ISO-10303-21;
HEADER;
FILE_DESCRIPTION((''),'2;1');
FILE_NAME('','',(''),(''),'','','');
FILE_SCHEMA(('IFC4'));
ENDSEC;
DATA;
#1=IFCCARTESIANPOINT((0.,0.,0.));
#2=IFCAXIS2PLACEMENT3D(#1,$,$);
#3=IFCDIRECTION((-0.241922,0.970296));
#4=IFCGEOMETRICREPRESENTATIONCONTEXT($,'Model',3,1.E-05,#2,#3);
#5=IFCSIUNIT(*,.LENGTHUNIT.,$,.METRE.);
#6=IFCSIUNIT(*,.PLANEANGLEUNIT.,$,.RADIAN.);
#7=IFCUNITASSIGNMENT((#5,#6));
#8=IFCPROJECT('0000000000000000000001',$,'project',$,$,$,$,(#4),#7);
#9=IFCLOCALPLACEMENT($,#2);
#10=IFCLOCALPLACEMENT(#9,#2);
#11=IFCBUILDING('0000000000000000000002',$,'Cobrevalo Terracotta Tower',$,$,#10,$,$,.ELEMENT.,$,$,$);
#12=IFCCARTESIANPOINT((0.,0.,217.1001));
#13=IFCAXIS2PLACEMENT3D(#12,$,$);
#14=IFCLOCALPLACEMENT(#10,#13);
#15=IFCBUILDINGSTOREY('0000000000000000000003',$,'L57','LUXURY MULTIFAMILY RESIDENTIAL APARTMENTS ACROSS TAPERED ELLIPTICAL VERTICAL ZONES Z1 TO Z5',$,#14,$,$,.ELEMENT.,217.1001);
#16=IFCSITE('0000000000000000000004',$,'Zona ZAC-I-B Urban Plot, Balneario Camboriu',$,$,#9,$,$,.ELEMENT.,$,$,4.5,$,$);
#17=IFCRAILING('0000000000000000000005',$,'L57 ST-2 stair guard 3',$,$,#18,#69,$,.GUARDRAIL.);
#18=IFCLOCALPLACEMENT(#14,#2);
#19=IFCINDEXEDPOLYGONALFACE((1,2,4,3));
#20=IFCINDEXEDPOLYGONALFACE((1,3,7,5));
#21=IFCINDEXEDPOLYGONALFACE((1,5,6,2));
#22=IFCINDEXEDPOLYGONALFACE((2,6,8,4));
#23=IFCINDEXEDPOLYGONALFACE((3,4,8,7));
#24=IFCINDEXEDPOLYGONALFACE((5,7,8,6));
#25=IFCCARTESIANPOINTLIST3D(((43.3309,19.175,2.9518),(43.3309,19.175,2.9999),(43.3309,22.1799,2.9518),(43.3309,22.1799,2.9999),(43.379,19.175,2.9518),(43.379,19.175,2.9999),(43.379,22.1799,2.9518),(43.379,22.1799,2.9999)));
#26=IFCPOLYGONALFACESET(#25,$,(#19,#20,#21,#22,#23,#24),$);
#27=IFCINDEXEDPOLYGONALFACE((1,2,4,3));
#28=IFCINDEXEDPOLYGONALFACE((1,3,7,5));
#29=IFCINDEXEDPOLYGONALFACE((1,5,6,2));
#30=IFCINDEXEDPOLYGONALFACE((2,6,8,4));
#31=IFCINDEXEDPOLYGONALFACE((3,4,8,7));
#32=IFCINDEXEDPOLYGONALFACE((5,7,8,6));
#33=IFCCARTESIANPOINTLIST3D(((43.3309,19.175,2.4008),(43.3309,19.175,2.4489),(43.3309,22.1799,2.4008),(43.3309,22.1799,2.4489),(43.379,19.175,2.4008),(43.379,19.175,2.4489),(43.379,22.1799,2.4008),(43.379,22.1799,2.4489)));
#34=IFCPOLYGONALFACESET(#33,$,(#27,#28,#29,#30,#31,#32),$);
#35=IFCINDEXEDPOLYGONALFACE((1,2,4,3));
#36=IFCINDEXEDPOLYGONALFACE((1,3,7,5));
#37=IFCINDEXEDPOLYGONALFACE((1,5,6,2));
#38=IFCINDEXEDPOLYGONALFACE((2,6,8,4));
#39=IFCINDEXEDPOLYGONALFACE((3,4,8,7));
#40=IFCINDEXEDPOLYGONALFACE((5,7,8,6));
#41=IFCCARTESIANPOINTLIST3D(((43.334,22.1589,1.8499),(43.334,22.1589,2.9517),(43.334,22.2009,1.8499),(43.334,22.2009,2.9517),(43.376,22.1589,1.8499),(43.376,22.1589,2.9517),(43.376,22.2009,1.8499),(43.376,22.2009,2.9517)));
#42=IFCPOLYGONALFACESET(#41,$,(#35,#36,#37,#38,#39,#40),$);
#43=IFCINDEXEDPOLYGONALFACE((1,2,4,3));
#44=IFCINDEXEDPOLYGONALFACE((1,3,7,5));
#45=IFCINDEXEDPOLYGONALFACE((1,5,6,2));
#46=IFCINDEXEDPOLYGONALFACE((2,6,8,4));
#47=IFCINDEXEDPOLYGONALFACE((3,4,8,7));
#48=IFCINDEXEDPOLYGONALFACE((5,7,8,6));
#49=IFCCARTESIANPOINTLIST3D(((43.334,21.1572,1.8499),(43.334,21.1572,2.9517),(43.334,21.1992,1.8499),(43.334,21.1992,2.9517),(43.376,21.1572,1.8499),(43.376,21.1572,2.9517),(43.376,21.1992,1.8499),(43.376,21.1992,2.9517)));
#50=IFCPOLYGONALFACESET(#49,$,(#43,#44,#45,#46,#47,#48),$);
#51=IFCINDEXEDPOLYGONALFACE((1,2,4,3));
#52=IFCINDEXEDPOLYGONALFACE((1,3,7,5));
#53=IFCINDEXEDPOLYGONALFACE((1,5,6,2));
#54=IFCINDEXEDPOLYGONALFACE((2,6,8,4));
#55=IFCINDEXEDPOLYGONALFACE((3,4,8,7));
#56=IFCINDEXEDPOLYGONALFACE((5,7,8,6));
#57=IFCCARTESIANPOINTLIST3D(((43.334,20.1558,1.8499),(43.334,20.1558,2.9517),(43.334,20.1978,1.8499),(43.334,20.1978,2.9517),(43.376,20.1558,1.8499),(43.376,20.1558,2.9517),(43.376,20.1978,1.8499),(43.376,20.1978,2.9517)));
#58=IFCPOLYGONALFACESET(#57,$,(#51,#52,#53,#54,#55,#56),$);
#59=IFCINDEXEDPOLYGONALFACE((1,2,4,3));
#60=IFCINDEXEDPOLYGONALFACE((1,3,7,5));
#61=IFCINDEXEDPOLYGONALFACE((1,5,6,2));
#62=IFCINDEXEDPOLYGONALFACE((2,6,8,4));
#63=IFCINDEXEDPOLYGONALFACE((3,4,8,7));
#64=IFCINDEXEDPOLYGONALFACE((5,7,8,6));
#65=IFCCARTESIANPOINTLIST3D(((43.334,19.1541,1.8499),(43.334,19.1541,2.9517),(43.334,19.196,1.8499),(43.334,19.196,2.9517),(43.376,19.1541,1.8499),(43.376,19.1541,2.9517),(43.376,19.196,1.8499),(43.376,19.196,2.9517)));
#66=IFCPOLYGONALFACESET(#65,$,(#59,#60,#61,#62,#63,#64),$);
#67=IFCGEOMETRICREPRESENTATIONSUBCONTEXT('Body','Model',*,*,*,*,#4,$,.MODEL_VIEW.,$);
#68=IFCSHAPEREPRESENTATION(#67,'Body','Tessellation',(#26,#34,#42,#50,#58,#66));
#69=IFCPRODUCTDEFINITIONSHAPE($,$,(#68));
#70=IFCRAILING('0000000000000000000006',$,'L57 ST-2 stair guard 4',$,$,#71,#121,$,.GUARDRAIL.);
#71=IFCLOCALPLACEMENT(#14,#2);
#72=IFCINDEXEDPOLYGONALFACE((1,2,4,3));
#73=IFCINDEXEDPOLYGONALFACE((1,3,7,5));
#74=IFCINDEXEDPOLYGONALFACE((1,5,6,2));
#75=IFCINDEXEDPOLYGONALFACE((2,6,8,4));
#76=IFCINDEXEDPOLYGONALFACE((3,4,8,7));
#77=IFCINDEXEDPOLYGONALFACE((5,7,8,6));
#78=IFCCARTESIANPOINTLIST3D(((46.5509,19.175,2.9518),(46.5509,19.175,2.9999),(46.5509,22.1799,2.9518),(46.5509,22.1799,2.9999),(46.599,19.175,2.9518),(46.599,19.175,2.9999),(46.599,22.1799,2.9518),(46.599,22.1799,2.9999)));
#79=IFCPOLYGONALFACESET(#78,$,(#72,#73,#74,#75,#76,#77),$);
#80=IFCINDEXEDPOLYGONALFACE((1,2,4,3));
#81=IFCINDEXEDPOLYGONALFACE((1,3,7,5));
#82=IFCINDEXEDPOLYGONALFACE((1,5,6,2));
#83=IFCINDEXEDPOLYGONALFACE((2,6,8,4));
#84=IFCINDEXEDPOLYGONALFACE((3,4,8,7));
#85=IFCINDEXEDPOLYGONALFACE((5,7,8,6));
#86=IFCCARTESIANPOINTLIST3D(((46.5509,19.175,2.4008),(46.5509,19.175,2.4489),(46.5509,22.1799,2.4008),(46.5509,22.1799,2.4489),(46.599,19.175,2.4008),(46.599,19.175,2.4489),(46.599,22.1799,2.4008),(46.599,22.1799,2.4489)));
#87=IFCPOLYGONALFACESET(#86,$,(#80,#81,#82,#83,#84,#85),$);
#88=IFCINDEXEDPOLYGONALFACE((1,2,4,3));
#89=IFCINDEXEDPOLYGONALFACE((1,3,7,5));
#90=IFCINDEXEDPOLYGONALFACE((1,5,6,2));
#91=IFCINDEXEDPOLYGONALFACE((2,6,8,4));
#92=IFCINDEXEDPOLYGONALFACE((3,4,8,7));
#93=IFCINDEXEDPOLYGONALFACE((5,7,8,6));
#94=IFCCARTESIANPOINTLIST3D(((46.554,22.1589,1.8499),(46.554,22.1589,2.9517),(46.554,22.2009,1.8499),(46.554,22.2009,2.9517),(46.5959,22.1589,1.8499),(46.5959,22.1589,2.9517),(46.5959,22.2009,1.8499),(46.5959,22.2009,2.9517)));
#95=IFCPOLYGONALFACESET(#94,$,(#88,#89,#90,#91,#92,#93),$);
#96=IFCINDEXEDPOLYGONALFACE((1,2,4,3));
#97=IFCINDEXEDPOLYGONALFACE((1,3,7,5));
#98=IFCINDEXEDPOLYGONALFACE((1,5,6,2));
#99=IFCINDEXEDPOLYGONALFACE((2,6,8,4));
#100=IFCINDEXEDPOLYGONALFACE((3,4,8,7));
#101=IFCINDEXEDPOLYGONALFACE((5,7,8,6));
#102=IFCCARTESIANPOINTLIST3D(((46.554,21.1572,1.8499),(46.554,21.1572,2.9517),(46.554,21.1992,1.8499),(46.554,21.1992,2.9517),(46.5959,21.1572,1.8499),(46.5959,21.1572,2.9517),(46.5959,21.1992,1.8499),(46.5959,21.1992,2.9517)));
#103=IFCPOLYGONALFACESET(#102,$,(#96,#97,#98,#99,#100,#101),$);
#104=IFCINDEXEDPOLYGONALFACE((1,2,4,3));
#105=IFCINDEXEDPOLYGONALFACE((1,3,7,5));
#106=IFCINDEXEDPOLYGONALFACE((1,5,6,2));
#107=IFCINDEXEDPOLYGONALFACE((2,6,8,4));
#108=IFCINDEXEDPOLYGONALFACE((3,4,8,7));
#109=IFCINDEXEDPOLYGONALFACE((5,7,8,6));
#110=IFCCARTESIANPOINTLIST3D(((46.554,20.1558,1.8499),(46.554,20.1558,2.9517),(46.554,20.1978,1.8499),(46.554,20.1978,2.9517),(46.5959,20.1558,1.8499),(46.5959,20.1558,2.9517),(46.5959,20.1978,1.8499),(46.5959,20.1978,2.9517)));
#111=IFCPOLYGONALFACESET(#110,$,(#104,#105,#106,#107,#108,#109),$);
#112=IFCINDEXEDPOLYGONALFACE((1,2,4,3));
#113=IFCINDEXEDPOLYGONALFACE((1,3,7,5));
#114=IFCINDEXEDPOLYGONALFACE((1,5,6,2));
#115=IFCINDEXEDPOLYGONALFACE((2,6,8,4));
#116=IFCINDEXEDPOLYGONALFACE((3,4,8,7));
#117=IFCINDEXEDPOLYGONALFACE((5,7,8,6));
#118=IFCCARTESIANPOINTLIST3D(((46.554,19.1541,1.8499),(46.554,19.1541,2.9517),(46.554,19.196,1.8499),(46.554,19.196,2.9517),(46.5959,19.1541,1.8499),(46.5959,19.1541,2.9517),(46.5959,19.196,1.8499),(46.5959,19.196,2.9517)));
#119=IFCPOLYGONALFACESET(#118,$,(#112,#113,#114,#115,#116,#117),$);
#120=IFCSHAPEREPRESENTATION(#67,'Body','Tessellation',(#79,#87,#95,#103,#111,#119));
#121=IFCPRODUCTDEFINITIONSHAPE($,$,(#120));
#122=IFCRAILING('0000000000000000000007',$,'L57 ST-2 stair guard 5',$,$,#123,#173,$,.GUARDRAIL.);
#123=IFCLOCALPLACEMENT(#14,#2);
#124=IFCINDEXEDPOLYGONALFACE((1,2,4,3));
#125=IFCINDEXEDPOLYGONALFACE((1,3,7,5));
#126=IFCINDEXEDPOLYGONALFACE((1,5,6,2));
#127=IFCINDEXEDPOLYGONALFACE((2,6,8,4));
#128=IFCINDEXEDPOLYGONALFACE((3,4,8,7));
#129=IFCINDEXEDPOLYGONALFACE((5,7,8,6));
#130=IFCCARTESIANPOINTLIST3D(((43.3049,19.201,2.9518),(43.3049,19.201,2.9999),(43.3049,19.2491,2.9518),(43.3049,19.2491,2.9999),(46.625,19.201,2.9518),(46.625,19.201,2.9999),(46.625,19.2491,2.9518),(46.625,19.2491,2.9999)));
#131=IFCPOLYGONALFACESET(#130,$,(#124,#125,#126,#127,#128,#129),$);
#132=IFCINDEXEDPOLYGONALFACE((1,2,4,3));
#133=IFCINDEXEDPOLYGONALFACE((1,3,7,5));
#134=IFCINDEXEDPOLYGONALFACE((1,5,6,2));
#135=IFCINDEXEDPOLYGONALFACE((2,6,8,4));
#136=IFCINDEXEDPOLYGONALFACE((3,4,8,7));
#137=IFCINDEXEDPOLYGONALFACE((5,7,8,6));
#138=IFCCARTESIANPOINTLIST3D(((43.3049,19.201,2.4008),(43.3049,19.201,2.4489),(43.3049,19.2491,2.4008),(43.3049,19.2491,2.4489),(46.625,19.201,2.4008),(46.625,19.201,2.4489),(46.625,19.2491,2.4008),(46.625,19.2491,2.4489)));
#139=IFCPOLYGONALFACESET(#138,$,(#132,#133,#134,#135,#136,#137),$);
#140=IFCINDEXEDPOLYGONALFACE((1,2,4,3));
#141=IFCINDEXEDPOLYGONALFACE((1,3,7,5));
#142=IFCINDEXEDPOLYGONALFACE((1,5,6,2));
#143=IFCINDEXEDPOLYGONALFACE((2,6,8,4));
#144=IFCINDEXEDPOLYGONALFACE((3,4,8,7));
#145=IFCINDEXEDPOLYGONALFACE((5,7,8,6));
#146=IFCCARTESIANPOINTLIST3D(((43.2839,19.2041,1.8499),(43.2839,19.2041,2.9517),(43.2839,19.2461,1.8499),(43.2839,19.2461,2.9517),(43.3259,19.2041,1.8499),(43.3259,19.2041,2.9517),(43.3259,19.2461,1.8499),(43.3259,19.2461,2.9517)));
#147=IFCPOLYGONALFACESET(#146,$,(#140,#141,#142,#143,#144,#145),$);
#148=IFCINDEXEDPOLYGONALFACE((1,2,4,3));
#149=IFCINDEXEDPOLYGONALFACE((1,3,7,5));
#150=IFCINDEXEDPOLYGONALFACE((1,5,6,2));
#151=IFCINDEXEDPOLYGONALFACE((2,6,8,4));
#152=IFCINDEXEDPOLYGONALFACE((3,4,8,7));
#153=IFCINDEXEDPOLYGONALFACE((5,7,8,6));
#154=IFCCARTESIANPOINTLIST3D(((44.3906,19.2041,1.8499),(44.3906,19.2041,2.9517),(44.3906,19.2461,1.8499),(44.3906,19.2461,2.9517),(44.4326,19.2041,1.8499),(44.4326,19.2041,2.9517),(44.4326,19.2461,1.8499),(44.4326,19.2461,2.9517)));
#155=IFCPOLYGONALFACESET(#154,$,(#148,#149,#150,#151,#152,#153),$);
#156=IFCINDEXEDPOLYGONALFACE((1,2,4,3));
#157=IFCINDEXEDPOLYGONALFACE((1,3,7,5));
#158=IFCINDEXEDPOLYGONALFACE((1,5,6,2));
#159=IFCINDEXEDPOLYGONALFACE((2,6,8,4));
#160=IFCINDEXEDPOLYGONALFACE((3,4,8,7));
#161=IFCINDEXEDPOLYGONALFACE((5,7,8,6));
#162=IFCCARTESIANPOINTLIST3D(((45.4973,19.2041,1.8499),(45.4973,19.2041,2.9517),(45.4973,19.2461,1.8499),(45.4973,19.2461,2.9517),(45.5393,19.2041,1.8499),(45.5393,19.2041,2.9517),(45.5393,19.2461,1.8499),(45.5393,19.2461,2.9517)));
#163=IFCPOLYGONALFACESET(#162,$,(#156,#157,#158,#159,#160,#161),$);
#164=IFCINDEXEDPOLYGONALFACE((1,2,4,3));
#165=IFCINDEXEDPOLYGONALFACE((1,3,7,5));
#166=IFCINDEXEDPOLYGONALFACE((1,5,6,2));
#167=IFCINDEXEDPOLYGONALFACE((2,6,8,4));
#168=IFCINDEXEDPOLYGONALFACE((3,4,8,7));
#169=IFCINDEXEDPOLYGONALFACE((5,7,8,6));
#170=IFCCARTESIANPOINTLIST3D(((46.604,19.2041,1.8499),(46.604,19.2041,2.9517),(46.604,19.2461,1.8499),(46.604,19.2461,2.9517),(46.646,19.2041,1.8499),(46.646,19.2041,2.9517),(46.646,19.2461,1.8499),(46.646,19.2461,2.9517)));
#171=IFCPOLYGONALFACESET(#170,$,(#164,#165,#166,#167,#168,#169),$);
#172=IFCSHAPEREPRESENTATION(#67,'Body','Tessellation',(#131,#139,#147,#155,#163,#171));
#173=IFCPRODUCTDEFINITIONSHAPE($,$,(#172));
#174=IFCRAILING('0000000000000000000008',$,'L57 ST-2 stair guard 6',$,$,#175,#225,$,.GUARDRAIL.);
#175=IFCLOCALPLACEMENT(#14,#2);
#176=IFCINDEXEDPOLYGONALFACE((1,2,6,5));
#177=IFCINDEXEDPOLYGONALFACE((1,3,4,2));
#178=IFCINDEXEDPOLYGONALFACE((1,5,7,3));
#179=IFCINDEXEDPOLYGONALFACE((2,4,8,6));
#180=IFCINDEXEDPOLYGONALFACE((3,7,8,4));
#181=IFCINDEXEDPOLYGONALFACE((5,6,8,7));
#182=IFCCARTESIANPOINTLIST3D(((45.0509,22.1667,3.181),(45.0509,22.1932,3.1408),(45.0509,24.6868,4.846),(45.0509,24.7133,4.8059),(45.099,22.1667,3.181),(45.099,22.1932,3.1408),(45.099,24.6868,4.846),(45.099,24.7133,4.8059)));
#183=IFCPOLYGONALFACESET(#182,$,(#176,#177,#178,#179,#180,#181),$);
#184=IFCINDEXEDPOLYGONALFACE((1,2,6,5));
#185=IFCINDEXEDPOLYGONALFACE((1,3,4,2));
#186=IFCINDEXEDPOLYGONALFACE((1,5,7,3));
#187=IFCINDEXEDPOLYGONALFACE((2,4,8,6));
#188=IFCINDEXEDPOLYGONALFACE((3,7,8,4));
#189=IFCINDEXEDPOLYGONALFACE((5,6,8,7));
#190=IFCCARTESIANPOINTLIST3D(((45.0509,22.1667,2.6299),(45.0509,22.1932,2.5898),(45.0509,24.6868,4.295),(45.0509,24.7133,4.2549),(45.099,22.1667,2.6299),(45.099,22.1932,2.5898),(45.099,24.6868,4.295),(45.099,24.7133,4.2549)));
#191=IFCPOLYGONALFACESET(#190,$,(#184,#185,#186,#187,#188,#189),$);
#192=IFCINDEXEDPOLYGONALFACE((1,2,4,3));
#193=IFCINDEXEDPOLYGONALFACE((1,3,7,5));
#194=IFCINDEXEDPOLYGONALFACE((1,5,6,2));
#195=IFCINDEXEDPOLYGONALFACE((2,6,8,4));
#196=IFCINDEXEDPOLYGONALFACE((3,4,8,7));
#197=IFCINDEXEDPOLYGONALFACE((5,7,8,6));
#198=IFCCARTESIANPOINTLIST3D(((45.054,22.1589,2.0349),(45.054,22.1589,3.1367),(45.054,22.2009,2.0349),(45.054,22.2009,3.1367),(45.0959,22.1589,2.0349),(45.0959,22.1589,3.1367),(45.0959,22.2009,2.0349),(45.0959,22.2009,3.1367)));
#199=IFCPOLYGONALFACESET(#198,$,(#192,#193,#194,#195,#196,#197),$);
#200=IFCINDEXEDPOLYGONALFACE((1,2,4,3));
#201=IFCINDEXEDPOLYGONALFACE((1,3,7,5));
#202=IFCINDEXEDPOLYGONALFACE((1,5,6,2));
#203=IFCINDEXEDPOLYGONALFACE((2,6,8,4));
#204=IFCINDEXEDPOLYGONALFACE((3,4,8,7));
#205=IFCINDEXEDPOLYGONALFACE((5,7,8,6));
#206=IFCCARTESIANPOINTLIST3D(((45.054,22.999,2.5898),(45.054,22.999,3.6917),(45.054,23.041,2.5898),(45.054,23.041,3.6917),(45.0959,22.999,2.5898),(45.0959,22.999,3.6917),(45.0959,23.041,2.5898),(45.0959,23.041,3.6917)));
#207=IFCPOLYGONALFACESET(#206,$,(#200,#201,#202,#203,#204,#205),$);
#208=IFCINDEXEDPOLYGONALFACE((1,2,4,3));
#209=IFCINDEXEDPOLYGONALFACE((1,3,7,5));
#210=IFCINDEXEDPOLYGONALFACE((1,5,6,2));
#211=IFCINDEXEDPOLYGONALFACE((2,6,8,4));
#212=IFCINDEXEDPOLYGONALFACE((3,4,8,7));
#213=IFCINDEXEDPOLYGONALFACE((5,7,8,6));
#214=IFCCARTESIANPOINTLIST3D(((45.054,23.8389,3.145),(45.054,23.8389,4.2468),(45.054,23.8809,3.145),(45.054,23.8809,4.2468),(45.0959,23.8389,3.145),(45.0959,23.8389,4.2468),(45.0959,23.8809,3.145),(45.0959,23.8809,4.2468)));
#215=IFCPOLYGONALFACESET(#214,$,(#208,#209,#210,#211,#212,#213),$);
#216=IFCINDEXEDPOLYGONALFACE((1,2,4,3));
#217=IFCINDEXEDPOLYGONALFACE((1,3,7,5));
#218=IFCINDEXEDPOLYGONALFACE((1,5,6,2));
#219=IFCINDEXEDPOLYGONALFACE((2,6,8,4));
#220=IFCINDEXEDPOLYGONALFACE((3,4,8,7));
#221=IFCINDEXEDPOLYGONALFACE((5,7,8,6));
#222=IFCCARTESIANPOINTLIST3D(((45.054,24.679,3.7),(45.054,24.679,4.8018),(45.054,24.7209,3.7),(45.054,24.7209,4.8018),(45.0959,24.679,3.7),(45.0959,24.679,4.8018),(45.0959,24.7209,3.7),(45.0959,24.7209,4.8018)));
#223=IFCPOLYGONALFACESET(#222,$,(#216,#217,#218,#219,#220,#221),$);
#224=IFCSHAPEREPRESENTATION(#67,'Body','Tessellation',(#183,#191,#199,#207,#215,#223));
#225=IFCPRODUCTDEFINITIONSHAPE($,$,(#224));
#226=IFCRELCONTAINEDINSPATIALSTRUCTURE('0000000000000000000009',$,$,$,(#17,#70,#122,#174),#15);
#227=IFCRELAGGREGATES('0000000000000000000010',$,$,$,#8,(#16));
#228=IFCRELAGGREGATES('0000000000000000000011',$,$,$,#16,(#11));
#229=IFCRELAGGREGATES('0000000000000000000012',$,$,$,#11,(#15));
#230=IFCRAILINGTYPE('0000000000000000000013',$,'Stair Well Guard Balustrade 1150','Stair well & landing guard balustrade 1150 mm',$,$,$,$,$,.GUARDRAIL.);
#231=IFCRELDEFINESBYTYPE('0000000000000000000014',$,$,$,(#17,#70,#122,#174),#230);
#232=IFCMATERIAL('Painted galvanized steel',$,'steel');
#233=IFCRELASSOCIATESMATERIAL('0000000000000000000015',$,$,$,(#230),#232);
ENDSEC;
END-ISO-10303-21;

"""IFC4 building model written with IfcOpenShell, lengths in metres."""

from ifc_helpers import new_model, si_unit, direction, frame, origin, origin_2d, place, context, subcontext, project, spatial, rectangle, extrude, material, type_object, element, save


model = new_model("IFC4")

# Units and contexts
model_context = context("Model", 3, precision=1e-05, world=origin(), true_north=direction((-0.241922, 0.970296)))
body_context = subcontext(model_context, "Body", "Model", "MODEL_VIEW")
ifc_project = project(units=[si_unit("LENGTHUNIT", "METRE"), si_unit("PLANEANGLEUNIT", "RADIAN")], contexts=[model_context])

# Site, building, storey
site_placement = place(None, origin())
site = spatial("IfcSite", under=ifc_project, at=site_placement, Name="Zona ZAC-I-B Urban Plot, Balneario Camboriu", CompositionType="ELEMENT", RefElevation=4.5)
building_placement = place(site_placement, origin())
building = spatial("IfcBuilding", under=site, at=building_placement, Name="Cobrevalo Terracotta Tower", CompositionType="ELEMENT")
storey_placement = place(building_placement, frame((0.0, 0.0, 217.1001)))
storey = spatial("IfcBuildingStorey", under=building, at=storey_placement, Name="L57", Description="LUXURY MULTIFAMILY RESIDENTIAL APARTMENTS ACROSS TAPERED ELLIPTICAL VERTICAL ZONES Z1 TO Z5", CompositionType="ELEMENT", Elevation=217.1001)

# Railings
ifc_material_1 = material(Name="Painted galvanized steel", Category="steel")
railing_type_1 = type_object("IfcRailingType", Name="Stair Well Guard Balustrade 1150", Description="Stair well & landing guard balustrade 1150 mm", PredefinedType="GUARDRAIL", material=ifc_material_1)
for number, where, name in (
    (1, (43.355, 22.1799, 1.8499), "L57 ST-2 stair guard 3"),
    (2, (46.575, 22.1799, 1.8499), "L57 ST-2 stair guard 4"),
):
    element("IfcRailing", number, at=place(storey_placement, frame(where)), inside=storey, type_object=railing_type_1, Name=name, PredefinedType="GUARDRAIL", context=body_context, shape_type="SweptSolid", body=[
        extrude(rectangle(XDim=0.0481, YDim=0.0481, at=origin_2d()), frame((0.0, 0.0, 1.126), z_axis=(0.0, -1.0, 0.0), x_axis=(1.0, 0.0, 0.0)), (0.0, 0.0, 1.0), 3.0049),
        extrude(rectangle(XDim=0.0481, YDim=0.0481, at=origin_2d()), frame((0.0, 0.0, 0.575), z_axis=(0.0, -1.0, 0.0), x_axis=(1.0, 0.0, 0.0)), (0.0, 0.0, 1.0), 3.0049),
        extrude(rectangle(XDim=0.042, YDim=0.042, at=origin_2d()), origin(), (0.0, 0.0, 1.0), 1.1018),
        extrude(rectangle(XDim=0.042, YDim=0.042, at=origin_2d()), frame((0.0, -1.0017, 0.0)), (0.0, 0.0, 1.0), 1.1018),
        extrude(rectangle(XDim=0.042, YDim=0.042, at=origin_2d()), frame((0.0, -2.0032, 0.0)), (0.0, 0.0, 1.0), 1.1018),
        extrude(rectangle(XDim=0.042, YDim=0.042, at=origin_2d()), frame((0.0, -3.0049, 0.0)), (0.0, 0.0, 1.0), 1.1018),
    ])
railing_1_placement = place(storey_placement, frame((43.3049, 19.2251, 1.8499)))
element("IfcRailing", 3, at=railing_1_placement, inside=storey, type_object=railing_type_1, Name="L57 ST-2 stair guard 5", PredefinedType="GUARDRAIL", context=body_context, shape_type="SweptSolid", body=[
    extrude(rectangle(XDim=0.0481, YDim=0.0481, at=origin_2d()), frame((0.0, 0.0, 1.126), z_axis=(1.0, 0.0, 0.0), x_axis=(0.0, 1.0, 0.0)), (0.0, 0.0, 1.0), 3.3201),
    extrude(rectangle(XDim=0.0481, YDim=0.0481, at=origin_2d()), frame((0.0, 0.0, 0.575), z_axis=(1.0, 0.0, 0.0), x_axis=(0.0, 1.0, 0.0)), (0.0, 0.0, 1.0), 3.3201),
    extrude(rectangle(XDim=0.042, YDim=0.042, at=origin_2d()), origin(), (0.0, 0.0, 1.0), 1.1018),
    extrude(rectangle(XDim=0.042, YDim=0.042, at=origin_2d()), frame((1.1067, 0.0, 0.0)), (0.0, 0.0, 1.0), 1.1018),
    extrude(rectangle(XDim=0.042, YDim=0.042, at=origin_2d()), frame((2.2134, 0.0, 0.0)), (0.0, 0.0, 1.0), 1.1018),
    extrude(rectangle(XDim=0.042, YDim=0.042, at=origin_2d()), frame((3.3201, 0.0, 0.0)), (0.0, 0.0, 1.0), 1.1018),
])
railing_2_placement = place(storey_placement, frame((45.075, 22.1799, 2.0349)))
element("IfcRailing", 4, at=railing_2_placement, inside=storey, type_object=railing_type_1, Name="L57 ST-2 stair guard 6", PredefinedType="GUARDRAIL", context=body_context, shape_type="SweptSolid", body=[
    extrude(rectangle(XDim=0.0481, YDim=0.0481, at=origin_2d()), frame((0.0, 0.0, 1.126), z_axis=(0.0, 0.834331, 0.551263), x_axis=(-1.0, 0.0, 0.0)), (0.0, 0.0, 1.0), 3.0205),
    extrude(rectangle(XDim=0.0481, YDim=0.0481, at=origin_2d()), frame((0.0, 0.0, 0.575), z_axis=(0.0, 0.834331, 0.551263), x_axis=(-1.0, 0.0, 0.0)), (0.0, 0.0, 1.0), 3.0205),
    extrude(rectangle(XDim=0.042, YDim=0.042, at=origin_2d()), origin(), (0.0, 0.0, 1.0), 1.1018),
    extrude(rectangle(XDim=0.042, YDim=0.042, at=origin_2d()), frame((0.0, 0.8401, 0.5549)), (0.0, 0.0, 1.0), 1.1018),
    extrude(rectangle(XDim=0.042, YDim=0.042, at=origin_2d()), frame((0.0, 1.6799, 1.1101)), (0.0, 0.0, 1.0), 1.1018),
    extrude(rectangle(XDim=0.042, YDim=0.042, at=origin_2d()), frame((0.0, 2.52, 1.665)), (0.0, 0.0, 1.0), 1.1018),
])

save(model, "model.ifc")
